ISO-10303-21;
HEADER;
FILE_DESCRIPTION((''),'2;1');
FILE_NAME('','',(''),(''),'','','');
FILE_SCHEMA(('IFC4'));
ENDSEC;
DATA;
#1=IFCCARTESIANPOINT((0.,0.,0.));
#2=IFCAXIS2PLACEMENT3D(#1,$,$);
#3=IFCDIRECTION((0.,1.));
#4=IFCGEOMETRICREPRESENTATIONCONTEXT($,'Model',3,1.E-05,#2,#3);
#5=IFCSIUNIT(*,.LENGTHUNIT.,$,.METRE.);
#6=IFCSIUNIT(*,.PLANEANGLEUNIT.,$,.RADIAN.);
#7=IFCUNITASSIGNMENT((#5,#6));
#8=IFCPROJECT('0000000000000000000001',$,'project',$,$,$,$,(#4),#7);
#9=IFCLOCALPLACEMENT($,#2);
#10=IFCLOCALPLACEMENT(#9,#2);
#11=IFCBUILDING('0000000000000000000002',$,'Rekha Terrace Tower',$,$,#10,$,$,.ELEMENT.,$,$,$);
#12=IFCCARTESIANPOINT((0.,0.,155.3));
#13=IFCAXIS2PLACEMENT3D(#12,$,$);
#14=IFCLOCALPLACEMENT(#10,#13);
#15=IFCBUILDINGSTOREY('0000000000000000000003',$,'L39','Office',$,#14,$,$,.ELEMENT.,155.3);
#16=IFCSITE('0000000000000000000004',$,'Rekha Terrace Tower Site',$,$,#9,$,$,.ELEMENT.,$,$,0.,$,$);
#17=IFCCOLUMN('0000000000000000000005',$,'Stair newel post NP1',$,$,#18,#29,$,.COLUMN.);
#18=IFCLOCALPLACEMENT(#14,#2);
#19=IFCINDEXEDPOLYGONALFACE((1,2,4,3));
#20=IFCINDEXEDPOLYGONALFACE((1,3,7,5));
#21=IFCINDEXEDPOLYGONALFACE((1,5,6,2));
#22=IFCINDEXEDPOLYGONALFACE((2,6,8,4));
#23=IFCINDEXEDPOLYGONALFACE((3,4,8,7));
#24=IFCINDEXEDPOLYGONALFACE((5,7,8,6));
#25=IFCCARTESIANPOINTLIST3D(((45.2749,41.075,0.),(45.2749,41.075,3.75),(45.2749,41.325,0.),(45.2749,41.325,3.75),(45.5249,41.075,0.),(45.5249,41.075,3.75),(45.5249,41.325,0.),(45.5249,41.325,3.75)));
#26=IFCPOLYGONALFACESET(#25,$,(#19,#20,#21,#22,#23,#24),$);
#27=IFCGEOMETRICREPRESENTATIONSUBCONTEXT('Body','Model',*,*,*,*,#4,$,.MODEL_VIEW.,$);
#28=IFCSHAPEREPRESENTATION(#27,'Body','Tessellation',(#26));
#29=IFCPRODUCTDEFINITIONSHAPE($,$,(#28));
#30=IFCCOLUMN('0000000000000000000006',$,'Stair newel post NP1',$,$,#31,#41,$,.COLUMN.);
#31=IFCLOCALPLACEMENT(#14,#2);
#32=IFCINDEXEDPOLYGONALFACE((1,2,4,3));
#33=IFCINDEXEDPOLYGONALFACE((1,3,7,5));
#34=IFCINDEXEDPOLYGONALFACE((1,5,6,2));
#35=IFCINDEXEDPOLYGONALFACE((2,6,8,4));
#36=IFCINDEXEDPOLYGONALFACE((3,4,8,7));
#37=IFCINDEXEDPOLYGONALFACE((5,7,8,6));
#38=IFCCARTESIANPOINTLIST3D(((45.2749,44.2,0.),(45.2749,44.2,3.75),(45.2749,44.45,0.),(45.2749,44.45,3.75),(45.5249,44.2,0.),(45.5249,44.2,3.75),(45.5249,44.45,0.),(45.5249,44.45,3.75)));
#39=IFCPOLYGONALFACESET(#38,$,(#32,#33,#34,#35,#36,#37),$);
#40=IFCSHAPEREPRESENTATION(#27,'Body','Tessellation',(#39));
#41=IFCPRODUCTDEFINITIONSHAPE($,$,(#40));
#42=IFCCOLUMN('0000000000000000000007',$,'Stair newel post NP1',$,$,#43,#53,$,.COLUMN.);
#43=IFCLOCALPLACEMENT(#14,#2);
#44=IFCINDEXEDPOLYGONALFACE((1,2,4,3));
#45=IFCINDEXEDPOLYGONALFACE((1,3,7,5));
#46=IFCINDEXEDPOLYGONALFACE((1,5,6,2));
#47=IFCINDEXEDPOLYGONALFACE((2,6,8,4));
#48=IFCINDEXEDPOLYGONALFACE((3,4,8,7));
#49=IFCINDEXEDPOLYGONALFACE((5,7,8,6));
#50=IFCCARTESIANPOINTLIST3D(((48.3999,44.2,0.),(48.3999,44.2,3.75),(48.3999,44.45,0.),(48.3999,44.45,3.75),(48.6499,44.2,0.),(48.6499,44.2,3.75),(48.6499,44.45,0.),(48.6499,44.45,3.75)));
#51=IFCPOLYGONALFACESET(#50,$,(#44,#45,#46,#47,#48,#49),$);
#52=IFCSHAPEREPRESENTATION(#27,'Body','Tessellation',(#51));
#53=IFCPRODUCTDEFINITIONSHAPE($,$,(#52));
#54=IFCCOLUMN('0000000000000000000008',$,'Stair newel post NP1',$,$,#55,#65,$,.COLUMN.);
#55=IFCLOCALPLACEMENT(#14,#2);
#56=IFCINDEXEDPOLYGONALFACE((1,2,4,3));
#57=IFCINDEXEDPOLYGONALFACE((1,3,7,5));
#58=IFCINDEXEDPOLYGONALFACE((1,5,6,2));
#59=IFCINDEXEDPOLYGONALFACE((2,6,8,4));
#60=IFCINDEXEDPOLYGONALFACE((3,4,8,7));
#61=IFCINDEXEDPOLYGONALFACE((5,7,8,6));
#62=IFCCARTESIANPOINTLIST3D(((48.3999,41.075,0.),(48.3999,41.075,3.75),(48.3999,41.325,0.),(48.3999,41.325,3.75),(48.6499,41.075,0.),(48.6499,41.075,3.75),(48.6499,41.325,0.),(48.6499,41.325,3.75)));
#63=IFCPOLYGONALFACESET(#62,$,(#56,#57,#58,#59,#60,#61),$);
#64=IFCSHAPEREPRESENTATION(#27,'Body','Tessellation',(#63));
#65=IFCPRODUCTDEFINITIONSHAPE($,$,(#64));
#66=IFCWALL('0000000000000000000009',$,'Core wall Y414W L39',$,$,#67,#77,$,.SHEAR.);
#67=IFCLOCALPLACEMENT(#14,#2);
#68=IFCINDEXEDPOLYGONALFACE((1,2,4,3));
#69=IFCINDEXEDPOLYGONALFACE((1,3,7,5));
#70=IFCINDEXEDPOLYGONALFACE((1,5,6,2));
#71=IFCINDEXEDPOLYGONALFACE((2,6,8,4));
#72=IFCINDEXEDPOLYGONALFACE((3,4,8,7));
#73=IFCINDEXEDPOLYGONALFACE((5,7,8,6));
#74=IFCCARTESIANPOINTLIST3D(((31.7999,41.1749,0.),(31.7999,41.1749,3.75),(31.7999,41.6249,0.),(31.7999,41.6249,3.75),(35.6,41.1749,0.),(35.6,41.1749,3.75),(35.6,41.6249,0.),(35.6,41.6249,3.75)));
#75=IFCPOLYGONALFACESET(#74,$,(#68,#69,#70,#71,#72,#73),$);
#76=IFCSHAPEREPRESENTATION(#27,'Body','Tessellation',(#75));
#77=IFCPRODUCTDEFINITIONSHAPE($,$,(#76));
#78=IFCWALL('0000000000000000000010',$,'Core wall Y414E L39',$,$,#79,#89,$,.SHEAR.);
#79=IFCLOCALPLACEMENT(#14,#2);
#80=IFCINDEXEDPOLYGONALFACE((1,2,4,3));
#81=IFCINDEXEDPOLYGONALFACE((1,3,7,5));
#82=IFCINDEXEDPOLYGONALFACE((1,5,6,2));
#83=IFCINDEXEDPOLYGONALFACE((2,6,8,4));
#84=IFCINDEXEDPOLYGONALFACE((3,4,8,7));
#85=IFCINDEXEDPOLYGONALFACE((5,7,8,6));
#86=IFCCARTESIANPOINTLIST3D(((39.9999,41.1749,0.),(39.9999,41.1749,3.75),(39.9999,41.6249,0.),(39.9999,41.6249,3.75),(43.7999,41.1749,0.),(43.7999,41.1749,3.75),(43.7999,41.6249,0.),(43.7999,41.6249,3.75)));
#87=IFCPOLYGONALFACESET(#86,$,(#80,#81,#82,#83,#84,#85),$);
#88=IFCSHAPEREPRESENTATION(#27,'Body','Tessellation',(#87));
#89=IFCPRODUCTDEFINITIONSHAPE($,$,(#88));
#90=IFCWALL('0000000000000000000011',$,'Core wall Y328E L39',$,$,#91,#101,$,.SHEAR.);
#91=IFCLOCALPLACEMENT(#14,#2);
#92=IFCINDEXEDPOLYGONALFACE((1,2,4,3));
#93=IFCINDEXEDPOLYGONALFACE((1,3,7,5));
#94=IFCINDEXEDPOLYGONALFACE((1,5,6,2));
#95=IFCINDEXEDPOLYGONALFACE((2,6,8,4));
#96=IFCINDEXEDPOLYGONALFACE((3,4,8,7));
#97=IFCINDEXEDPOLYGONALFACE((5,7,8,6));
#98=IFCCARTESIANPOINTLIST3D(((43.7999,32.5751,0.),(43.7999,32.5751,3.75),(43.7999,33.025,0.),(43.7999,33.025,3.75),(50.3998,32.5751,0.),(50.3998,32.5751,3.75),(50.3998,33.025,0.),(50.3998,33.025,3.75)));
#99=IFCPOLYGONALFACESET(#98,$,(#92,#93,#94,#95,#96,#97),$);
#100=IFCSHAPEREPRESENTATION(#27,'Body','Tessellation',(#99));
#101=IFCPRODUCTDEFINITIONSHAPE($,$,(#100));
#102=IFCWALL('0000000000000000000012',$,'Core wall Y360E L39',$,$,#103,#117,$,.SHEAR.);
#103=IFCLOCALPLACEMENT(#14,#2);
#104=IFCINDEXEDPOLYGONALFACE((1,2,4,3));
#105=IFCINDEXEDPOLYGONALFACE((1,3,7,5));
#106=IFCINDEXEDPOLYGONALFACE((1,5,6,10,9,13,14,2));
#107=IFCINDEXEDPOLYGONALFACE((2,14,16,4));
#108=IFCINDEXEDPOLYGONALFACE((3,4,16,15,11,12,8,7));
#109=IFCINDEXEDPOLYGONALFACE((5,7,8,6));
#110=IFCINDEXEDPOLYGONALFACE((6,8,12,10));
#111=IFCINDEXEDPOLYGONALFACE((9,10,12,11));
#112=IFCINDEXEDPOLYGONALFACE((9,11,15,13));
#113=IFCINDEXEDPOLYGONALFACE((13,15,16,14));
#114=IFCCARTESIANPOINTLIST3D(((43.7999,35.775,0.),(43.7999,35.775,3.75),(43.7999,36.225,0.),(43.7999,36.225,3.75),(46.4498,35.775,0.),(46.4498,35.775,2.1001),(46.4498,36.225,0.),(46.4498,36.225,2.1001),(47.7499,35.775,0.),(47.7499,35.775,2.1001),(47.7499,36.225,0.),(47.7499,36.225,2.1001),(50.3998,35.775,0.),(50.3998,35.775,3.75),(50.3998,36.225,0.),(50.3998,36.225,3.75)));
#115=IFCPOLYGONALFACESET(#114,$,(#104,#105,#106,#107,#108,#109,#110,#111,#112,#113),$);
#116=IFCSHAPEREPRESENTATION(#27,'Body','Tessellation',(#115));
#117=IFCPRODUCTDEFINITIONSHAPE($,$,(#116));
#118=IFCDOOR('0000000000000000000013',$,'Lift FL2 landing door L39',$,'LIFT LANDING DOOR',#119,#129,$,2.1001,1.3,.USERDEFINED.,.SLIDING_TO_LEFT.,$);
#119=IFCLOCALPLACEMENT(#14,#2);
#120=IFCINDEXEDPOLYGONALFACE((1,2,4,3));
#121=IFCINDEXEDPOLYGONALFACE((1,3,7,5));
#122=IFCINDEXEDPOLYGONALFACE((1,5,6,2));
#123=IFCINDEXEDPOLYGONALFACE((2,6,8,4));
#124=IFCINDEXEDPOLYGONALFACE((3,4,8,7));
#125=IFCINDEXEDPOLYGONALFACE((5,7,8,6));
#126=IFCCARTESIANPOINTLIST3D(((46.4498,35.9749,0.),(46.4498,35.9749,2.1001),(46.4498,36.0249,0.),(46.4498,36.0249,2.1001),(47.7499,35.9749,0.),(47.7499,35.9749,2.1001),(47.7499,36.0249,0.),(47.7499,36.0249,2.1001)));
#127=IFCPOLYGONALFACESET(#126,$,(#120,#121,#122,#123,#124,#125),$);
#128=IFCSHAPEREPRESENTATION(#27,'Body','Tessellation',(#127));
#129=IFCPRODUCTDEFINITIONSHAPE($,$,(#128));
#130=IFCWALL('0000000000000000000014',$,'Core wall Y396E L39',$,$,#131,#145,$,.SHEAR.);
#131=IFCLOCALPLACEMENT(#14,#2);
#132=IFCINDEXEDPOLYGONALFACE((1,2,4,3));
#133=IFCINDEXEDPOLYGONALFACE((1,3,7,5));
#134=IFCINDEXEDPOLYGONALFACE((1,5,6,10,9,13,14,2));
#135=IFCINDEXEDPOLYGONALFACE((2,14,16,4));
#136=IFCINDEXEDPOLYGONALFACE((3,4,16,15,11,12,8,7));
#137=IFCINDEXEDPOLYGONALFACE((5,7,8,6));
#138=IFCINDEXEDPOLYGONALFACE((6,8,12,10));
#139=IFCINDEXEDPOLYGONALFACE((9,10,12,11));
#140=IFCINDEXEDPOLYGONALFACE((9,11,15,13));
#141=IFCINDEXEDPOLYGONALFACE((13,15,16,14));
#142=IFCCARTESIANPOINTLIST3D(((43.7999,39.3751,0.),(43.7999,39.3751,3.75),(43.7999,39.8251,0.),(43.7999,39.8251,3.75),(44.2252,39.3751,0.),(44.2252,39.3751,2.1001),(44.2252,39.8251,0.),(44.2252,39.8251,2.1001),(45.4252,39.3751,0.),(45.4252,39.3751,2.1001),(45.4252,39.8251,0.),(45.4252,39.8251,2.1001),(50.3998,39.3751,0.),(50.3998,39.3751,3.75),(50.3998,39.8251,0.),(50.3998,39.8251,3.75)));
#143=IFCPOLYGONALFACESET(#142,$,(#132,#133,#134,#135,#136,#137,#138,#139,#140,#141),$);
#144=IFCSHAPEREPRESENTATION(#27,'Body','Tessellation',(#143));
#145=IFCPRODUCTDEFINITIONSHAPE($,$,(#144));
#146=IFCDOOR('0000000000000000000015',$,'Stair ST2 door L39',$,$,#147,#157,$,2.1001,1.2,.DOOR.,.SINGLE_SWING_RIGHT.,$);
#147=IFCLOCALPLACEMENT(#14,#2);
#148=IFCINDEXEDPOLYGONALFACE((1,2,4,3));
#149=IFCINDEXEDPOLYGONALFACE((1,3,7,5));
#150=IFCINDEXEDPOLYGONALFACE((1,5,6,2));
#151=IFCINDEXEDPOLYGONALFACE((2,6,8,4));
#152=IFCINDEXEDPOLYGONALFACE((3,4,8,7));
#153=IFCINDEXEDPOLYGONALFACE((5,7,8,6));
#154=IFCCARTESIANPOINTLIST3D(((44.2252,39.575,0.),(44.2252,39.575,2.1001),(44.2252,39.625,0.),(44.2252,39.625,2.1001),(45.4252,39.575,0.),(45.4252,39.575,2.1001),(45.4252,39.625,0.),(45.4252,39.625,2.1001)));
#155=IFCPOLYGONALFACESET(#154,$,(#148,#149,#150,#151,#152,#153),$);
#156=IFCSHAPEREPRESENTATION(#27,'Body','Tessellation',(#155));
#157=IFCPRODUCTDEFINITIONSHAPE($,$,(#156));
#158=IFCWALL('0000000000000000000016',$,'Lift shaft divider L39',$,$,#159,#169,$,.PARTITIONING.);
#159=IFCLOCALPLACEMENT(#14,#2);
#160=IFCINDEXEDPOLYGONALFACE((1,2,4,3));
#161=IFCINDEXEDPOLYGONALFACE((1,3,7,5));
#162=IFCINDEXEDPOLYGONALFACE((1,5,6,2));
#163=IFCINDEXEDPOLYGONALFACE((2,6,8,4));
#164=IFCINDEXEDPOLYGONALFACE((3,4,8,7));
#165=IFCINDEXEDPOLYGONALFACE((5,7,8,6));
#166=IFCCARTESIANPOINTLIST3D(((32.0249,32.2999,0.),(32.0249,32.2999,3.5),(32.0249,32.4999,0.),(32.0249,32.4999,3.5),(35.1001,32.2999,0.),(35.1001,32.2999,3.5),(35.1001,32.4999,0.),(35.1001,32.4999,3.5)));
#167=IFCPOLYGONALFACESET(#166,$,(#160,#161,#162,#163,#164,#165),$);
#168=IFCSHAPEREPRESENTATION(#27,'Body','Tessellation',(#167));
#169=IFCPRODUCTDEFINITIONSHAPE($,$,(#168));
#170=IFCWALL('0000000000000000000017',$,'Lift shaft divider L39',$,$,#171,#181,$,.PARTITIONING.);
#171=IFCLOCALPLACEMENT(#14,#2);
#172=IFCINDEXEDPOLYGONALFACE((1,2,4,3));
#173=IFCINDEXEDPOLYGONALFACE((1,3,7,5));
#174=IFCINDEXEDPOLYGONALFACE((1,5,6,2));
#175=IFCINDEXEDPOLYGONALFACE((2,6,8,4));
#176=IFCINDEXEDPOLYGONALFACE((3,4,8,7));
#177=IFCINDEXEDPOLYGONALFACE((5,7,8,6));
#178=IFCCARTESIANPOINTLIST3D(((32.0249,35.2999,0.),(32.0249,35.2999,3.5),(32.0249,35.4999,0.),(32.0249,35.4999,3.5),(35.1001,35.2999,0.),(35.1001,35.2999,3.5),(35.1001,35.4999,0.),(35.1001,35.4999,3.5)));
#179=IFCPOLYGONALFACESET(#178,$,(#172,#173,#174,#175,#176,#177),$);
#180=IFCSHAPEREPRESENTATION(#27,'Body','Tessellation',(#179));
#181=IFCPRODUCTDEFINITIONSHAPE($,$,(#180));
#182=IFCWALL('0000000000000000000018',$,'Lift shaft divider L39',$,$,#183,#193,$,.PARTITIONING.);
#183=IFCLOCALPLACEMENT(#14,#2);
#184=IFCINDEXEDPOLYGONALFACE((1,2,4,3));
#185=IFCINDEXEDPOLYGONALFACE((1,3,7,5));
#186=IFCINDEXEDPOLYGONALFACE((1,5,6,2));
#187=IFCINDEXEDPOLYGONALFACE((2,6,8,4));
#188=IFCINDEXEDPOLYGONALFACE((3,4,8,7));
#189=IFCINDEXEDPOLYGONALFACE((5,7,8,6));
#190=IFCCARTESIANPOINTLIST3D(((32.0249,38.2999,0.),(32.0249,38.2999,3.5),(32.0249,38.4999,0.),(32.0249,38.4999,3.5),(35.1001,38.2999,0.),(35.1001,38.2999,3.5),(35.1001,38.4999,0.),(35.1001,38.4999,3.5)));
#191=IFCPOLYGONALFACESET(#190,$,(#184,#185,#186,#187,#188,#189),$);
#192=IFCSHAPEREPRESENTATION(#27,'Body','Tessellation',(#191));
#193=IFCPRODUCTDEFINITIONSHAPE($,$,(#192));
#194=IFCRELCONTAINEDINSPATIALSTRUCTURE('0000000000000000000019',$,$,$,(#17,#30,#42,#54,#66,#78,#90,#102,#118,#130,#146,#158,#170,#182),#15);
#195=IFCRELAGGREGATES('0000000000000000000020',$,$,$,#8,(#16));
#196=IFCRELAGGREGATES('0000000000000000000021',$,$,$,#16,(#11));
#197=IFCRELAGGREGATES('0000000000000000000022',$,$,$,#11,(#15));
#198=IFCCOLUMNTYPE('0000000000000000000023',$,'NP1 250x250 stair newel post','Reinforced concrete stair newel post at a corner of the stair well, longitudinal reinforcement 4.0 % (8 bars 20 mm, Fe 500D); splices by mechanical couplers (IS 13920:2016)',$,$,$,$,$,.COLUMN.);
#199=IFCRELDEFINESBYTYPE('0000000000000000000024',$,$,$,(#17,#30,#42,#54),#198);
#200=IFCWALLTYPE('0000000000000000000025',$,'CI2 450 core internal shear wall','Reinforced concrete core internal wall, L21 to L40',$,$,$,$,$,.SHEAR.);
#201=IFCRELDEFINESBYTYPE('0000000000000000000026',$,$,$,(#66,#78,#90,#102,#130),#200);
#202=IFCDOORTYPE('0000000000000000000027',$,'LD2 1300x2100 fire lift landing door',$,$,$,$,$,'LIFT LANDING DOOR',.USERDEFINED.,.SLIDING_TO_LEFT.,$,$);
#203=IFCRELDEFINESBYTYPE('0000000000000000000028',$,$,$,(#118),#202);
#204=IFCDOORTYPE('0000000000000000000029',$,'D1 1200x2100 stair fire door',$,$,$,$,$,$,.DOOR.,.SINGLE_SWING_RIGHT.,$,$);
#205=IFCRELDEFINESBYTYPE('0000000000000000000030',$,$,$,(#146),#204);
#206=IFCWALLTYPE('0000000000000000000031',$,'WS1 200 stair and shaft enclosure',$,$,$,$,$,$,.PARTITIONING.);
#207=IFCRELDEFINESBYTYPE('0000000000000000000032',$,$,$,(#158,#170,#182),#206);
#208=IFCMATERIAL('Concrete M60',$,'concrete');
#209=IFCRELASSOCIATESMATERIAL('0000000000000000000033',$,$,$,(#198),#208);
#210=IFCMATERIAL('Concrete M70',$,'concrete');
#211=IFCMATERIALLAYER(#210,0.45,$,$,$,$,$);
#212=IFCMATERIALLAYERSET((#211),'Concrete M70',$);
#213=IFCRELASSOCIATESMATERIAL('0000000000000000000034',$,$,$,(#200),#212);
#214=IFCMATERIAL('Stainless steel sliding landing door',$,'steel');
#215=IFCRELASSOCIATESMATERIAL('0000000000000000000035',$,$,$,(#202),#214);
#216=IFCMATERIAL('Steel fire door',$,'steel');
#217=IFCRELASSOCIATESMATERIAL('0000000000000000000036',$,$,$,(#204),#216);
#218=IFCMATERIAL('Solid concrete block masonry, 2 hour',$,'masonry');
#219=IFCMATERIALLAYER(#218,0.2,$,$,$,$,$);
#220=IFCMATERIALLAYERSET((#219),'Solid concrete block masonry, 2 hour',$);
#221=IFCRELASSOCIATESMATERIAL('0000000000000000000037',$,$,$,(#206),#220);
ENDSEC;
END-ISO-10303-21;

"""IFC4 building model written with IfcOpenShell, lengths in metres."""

from ifc_helpers import new_model, si_unit, direction, frame, frame_2d, origin, origin_2d, place, context, subcontext, project, spatial, rectangle, extrude, material, layer, layer_set, material_profile, profile_set, type_object, element, fill, save


model = new_model("IFC4")

# Units and contexts
model_context = context("Model", 3, precision=1e-05, world=origin(), true_north=direction((0.0, 1.0)))
body_context = subcontext(model_context, "Body", "Model", "MODEL_VIEW")
ifc_project = project(units=[si_unit("LENGTHUNIT", "METRE"), si_unit("PLANEANGLEUNIT", "RADIAN")], contexts=[model_context])

# Site, building, storey
site_placement = place(None, origin())
site = spatial("IfcSite", under=ifc_project, at=site_placement, Name="Rekha Terrace Tower Site", CompositionType="ELEMENT", RefElevation=0.0)
building_placement = place(site_placement, origin())
building = spatial("IfcBuilding", under=site, at=building_placement, Name="Rekha Terrace Tower", CompositionType="ELEMENT")
storey_placement = place(building_placement, frame((0.0, 0.0, 155.3)))
storey = spatial("IfcBuildingStorey", under=building, at=storey_placement, Name="L39", Description="Office", CompositionType="ELEMENT", Elevation=155.3)

# Columns
ifc_material_1 = material(Name="Concrete M60", Category="concrete")
ifc_material_profile = material_profile(ifc_material_1, rectangle(XDim=0.25, YDim=0.25, at=origin_2d()), Name="RC 250x250")
ifc_profile_set = profile_set([ifc_material_profile], Name="Concrete M60")
column_type = type_object("IfcColumnType", Name="NP1 250x250 stair newel post", Description="Reinforced concrete stair newel post at a corner of the stair well, longitudinal reinforcement 4.0 % (8 bars 20 mm, Fe 500D); splices by mechanical couplers (IS 13920:2016)", PredefinedType="COLUMN", material=ifc_profile_set)
for number, where, z_axis, x_axis, name in (
    (1, (45.3999, 41.2, 0.0), (0.0, 0.0, 1.0), (1.0, 0.0, 0.0), "Stair newel post NP1"),
    (2, (45.3999, 44.325, 0.0), (0.0, 0.0, 1.0), (1.0, 0.0, 0.0), "Stair newel post NP1"),
    (3, (48.5249, 44.325, 0.0), (0.0, 0.0, 1.0), (1.0, 0.0, 0.0), "Stair newel post NP1"),
    (4, (48.5249, 41.2, 0.0), (0.0, 0.0, 1.0), (1.0, 0.0, 0.0), "Stair newel post NP1"),
):
    element("IfcColumn", number, at=place(storey_placement, frame(where, z_axis=z_axis, x_axis=x_axis)), inside=storey, type_object=column_type, Name=name, PredefinedType="COLUMN", context=body_context, shape_type="SweptSolid", body=[
        extrude(rectangle(XDim=0.25, YDim=0.25, at=origin_2d()), origin(), (0.0, 0.0, 1.0), 3.75),
    ])

# Walls
ifc_material_2 = material(Name="Concrete M70", Category="concrete")
ifc_layer_1 = layer(ifc_material_2, 0.45)
ifc_layer_set_1 = layer_set([ifc_layer_1], Name="Concrete M70")
wall_type_1 = type_object("IfcWallType", Name="CI2 450 core internal shear wall", Description="Reinforced concrete core internal wall, L21 to L40", PredefinedType="SHEAR", material=ifc_layer_set_1)
for number, where, z_axis, x_axis, name in (
    (5, (31.8, 41.3999, 0.0), (0.0, 0.0, 1.0), (1.0, 0.0, 0.0), "Core wall Y414W L39"),
    (6, (40.0, 41.3999, 0.0), (0.0, 0.0, 1.0), (1.0, 0.0, 0.0), "Core wall Y414E L39"),
):
    element("IfcWall", number, at=place(storey_placement, frame(where, z_axis=z_axis, x_axis=x_axis)), inside=storey, type_object=wall_type_1, Name=name, PredefinedType="SHEAR", context=body_context, shape_type="SweptSolid", body=[
        extrude(rectangle(XDim=3.8, YDim=0.45, at=frame_2d((1.8999, 0.0))), origin(), (0.0, 0.0, 1.0), 3.75),
    ])
wall_1_placement = place(storey_placement, frame((43.8, 32.8, 0.0), z_axis=(0.0, 0.0, 1.0), x_axis=(1.0, 0.0, 0.0)))
element("IfcWall", 7, at=wall_1_placement, inside=storey, type_object=wall_type_1, Name="Core wall Y328E L39", PredefinedType="SHEAR", context=body_context, shape_type="SweptSolid", body=[
    extrude(rectangle(XDim=6.5999, YDim=0.45, at=frame_2d((3.2998, 0.0))), origin(), (0.0, 0.0, 1.0), 3.75),
])

# Walls, openings, doors
wall_2_placement = place(storey_placement, frame((43.8, 36.0, 0.0), z_axis=(0.0, 0.0, 1.0), x_axis=(1.0, 0.0, 0.0)))
wall_2 = element("IfcWall", 8, at=wall_2_placement, inside=storey, type_object=wall_type_1, Name="Core wall Y360E L39", PredefinedType="SHEAR", context=body_context, shape_type="SweptSolid", body=[
    extrude(rectangle(XDim=6.5999, YDim=0.45, at=frame_2d((3.2998, 0.0))), origin(), (0.0, 0.0, 1.0), 3.75),
])
opening_1_placement = place(wall_2_placement, frame((2.6499, 0.0, 0.0)))
opening_1 = element("IfcOpeningElement", 9, at=opening_1_placement, cuts=wall_2, PredefinedType="OPENING", context=body_context, shape_type="SweptSolid", body=[
    extrude(rectangle(XDim=1.3, YDim=2.1001, at=frame_2d((0.6499, 1.05))), frame((0.0, 0.2349, 0.0), z_axis=(0.0, -1.0, 0.0), x_axis=(1.0, 0.0, 0.0)), (0.0, 0.0, 1.0), 0.47),
])
ifc_material_3 = material(Name="Stainless steel sliding landing door", Category="steel")
door_type_1 = type_object("IfcDoorType", Name="LD2 1300x2100 fire lift landing door", ElementType="LIFT LANDING DOOR", OperationType="SLIDING_TO_LEFT", PredefinedType="USERDEFINED", material=ifc_material_3)
door_1_placement = place(opening_1_placement, origin())
door_1 = element("IfcDoor", 10, at=door_1_placement, inside=storey, type_object=door_type_1, Name="Lift FL2 landing door L39", ObjectType="LIFT LANDING DOOR", OperationType="SLIDING_TO_LEFT", OverallHeight=2.1001, OverallWidth=1.3, PredefinedType="USERDEFINED", context=body_context, shape_type="SweptSolid", body=[
    extrude(rectangle(XDim=1.3, YDim=2.1001, at=frame_2d((0.6499, 1.05))), frame((0.0, 0.0249, 0.0), z_axis=(0.0, -1.0, 0.0), x_axis=(1.0, 0.0, 0.0)), (0.0, 0.0, 1.0), 0.05),
])
fill(opening_1, door_1)
wall_3_placement = place(storey_placement, frame((43.8, 39.6001, 0.0), z_axis=(0.0, 0.0, 1.0), x_axis=(1.0, 0.0, 0.0)))
wall_3 = element("IfcWall", 11, at=wall_3_placement, inside=storey, type_object=wall_type_1, Name="Core wall Y396E L39", PredefinedType="SHEAR", context=body_context, shape_type="SweptSolid", body=[
    extrude(rectangle(XDim=6.5999, YDim=0.45, at=frame_2d((3.2998, 0.0))), origin(), (0.0, 0.0, 1.0), 3.75),
])
opening_2_placement = place(wall_3_placement, frame((0.425, 0.0, 0.0)))
opening_2 = element("IfcOpeningElement", 12, at=opening_2_placement, cuts=wall_3, PredefinedType="OPENING", context=body_context, shape_type="SweptSolid", body=[
    extrude(rectangle(XDim=1.2, YDim=2.1001, at=frame_2d((0.6001, 1.05))), frame((0.0, 0.2349, 0.0), z_axis=(0.0, -1.0, 0.0), x_axis=(1.0, 0.0, 0.0)), (0.0, 0.0, 1.0), 0.47),
])
ifc_material_4 = material(Name="Steel fire door", Category="steel")
door_type_2 = type_object("IfcDoorType", Name="D1 1200x2100 stair fire door", OperationType="SINGLE_SWING_RIGHT", PredefinedType="DOOR", material=ifc_material_4)
door_2_placement = place(opening_2_placement, origin())
door_2 = element("IfcDoor", 13, at=door_2_placement, inside=storey, type_object=door_type_2, Name="Stair ST2 door L39", OperationType="SINGLE_SWING_RIGHT", OverallHeight=2.1001, OverallWidth=1.2, PredefinedType="DOOR", context=body_context, shape_type="SweptSolid", body=[
    extrude(rectangle(XDim=1.2, YDim=2.1001, at=frame_2d((0.6001, 1.05))), frame((0.0, 0.0249, 0.0), z_axis=(0.0, -1.0, 0.0), x_axis=(1.0, 0.0, 0.0)), (0.0, 0.0, 1.0), 0.05),
])
fill(opening_2, door_2)

# Walls
ifc_material_5 = material(Name="Solid concrete block masonry, 2 hour", Category="masonry")
ifc_layer_2 = layer(ifc_material_5, 0.2)
ifc_layer_set_2 = layer_set([ifc_layer_2], Name="Solid concrete block masonry, 2 hour")
wall_type_2 = type_object("IfcWallType", Name="WS1 200 stair and shaft enclosure", PredefinedType="PARTITIONING", material=ifc_layer_set_2)
for number, where, z_axis, x_axis, name in (
    (14, (32.0249, 32.3999, 0.0), (0.0, 0.0, 1.0), (1.0, 0.0, 0.0), "Lift shaft divider L39"),
    (15, (32.0249, 35.3999, 0.0), (0.0, 0.0, 1.0), (1.0, 0.0, 0.0), "Lift shaft divider L39"),
    (16, (32.0249, 38.3999, 0.0), (0.0, 0.0, 1.0), (1.0, 0.0, 0.0), "Lift shaft divider L39"),
):
    element("IfcWall", number, at=place(storey_placement, frame(where, z_axis=z_axis, x_axis=x_axis)), inside=storey, type_object=wall_type_2, Name=name, PredefinedType="PARTITIONING", context=body_context, shape_type="SweptSolid", body=[
        extrude(rectangle(XDim=3.0752, YDim=0.2, at=frame_2d((1.5376, 0.0))), origin(), (0.0, 0.0, 1.0), 3.5),
    ])

save(model, "model.ifc")
